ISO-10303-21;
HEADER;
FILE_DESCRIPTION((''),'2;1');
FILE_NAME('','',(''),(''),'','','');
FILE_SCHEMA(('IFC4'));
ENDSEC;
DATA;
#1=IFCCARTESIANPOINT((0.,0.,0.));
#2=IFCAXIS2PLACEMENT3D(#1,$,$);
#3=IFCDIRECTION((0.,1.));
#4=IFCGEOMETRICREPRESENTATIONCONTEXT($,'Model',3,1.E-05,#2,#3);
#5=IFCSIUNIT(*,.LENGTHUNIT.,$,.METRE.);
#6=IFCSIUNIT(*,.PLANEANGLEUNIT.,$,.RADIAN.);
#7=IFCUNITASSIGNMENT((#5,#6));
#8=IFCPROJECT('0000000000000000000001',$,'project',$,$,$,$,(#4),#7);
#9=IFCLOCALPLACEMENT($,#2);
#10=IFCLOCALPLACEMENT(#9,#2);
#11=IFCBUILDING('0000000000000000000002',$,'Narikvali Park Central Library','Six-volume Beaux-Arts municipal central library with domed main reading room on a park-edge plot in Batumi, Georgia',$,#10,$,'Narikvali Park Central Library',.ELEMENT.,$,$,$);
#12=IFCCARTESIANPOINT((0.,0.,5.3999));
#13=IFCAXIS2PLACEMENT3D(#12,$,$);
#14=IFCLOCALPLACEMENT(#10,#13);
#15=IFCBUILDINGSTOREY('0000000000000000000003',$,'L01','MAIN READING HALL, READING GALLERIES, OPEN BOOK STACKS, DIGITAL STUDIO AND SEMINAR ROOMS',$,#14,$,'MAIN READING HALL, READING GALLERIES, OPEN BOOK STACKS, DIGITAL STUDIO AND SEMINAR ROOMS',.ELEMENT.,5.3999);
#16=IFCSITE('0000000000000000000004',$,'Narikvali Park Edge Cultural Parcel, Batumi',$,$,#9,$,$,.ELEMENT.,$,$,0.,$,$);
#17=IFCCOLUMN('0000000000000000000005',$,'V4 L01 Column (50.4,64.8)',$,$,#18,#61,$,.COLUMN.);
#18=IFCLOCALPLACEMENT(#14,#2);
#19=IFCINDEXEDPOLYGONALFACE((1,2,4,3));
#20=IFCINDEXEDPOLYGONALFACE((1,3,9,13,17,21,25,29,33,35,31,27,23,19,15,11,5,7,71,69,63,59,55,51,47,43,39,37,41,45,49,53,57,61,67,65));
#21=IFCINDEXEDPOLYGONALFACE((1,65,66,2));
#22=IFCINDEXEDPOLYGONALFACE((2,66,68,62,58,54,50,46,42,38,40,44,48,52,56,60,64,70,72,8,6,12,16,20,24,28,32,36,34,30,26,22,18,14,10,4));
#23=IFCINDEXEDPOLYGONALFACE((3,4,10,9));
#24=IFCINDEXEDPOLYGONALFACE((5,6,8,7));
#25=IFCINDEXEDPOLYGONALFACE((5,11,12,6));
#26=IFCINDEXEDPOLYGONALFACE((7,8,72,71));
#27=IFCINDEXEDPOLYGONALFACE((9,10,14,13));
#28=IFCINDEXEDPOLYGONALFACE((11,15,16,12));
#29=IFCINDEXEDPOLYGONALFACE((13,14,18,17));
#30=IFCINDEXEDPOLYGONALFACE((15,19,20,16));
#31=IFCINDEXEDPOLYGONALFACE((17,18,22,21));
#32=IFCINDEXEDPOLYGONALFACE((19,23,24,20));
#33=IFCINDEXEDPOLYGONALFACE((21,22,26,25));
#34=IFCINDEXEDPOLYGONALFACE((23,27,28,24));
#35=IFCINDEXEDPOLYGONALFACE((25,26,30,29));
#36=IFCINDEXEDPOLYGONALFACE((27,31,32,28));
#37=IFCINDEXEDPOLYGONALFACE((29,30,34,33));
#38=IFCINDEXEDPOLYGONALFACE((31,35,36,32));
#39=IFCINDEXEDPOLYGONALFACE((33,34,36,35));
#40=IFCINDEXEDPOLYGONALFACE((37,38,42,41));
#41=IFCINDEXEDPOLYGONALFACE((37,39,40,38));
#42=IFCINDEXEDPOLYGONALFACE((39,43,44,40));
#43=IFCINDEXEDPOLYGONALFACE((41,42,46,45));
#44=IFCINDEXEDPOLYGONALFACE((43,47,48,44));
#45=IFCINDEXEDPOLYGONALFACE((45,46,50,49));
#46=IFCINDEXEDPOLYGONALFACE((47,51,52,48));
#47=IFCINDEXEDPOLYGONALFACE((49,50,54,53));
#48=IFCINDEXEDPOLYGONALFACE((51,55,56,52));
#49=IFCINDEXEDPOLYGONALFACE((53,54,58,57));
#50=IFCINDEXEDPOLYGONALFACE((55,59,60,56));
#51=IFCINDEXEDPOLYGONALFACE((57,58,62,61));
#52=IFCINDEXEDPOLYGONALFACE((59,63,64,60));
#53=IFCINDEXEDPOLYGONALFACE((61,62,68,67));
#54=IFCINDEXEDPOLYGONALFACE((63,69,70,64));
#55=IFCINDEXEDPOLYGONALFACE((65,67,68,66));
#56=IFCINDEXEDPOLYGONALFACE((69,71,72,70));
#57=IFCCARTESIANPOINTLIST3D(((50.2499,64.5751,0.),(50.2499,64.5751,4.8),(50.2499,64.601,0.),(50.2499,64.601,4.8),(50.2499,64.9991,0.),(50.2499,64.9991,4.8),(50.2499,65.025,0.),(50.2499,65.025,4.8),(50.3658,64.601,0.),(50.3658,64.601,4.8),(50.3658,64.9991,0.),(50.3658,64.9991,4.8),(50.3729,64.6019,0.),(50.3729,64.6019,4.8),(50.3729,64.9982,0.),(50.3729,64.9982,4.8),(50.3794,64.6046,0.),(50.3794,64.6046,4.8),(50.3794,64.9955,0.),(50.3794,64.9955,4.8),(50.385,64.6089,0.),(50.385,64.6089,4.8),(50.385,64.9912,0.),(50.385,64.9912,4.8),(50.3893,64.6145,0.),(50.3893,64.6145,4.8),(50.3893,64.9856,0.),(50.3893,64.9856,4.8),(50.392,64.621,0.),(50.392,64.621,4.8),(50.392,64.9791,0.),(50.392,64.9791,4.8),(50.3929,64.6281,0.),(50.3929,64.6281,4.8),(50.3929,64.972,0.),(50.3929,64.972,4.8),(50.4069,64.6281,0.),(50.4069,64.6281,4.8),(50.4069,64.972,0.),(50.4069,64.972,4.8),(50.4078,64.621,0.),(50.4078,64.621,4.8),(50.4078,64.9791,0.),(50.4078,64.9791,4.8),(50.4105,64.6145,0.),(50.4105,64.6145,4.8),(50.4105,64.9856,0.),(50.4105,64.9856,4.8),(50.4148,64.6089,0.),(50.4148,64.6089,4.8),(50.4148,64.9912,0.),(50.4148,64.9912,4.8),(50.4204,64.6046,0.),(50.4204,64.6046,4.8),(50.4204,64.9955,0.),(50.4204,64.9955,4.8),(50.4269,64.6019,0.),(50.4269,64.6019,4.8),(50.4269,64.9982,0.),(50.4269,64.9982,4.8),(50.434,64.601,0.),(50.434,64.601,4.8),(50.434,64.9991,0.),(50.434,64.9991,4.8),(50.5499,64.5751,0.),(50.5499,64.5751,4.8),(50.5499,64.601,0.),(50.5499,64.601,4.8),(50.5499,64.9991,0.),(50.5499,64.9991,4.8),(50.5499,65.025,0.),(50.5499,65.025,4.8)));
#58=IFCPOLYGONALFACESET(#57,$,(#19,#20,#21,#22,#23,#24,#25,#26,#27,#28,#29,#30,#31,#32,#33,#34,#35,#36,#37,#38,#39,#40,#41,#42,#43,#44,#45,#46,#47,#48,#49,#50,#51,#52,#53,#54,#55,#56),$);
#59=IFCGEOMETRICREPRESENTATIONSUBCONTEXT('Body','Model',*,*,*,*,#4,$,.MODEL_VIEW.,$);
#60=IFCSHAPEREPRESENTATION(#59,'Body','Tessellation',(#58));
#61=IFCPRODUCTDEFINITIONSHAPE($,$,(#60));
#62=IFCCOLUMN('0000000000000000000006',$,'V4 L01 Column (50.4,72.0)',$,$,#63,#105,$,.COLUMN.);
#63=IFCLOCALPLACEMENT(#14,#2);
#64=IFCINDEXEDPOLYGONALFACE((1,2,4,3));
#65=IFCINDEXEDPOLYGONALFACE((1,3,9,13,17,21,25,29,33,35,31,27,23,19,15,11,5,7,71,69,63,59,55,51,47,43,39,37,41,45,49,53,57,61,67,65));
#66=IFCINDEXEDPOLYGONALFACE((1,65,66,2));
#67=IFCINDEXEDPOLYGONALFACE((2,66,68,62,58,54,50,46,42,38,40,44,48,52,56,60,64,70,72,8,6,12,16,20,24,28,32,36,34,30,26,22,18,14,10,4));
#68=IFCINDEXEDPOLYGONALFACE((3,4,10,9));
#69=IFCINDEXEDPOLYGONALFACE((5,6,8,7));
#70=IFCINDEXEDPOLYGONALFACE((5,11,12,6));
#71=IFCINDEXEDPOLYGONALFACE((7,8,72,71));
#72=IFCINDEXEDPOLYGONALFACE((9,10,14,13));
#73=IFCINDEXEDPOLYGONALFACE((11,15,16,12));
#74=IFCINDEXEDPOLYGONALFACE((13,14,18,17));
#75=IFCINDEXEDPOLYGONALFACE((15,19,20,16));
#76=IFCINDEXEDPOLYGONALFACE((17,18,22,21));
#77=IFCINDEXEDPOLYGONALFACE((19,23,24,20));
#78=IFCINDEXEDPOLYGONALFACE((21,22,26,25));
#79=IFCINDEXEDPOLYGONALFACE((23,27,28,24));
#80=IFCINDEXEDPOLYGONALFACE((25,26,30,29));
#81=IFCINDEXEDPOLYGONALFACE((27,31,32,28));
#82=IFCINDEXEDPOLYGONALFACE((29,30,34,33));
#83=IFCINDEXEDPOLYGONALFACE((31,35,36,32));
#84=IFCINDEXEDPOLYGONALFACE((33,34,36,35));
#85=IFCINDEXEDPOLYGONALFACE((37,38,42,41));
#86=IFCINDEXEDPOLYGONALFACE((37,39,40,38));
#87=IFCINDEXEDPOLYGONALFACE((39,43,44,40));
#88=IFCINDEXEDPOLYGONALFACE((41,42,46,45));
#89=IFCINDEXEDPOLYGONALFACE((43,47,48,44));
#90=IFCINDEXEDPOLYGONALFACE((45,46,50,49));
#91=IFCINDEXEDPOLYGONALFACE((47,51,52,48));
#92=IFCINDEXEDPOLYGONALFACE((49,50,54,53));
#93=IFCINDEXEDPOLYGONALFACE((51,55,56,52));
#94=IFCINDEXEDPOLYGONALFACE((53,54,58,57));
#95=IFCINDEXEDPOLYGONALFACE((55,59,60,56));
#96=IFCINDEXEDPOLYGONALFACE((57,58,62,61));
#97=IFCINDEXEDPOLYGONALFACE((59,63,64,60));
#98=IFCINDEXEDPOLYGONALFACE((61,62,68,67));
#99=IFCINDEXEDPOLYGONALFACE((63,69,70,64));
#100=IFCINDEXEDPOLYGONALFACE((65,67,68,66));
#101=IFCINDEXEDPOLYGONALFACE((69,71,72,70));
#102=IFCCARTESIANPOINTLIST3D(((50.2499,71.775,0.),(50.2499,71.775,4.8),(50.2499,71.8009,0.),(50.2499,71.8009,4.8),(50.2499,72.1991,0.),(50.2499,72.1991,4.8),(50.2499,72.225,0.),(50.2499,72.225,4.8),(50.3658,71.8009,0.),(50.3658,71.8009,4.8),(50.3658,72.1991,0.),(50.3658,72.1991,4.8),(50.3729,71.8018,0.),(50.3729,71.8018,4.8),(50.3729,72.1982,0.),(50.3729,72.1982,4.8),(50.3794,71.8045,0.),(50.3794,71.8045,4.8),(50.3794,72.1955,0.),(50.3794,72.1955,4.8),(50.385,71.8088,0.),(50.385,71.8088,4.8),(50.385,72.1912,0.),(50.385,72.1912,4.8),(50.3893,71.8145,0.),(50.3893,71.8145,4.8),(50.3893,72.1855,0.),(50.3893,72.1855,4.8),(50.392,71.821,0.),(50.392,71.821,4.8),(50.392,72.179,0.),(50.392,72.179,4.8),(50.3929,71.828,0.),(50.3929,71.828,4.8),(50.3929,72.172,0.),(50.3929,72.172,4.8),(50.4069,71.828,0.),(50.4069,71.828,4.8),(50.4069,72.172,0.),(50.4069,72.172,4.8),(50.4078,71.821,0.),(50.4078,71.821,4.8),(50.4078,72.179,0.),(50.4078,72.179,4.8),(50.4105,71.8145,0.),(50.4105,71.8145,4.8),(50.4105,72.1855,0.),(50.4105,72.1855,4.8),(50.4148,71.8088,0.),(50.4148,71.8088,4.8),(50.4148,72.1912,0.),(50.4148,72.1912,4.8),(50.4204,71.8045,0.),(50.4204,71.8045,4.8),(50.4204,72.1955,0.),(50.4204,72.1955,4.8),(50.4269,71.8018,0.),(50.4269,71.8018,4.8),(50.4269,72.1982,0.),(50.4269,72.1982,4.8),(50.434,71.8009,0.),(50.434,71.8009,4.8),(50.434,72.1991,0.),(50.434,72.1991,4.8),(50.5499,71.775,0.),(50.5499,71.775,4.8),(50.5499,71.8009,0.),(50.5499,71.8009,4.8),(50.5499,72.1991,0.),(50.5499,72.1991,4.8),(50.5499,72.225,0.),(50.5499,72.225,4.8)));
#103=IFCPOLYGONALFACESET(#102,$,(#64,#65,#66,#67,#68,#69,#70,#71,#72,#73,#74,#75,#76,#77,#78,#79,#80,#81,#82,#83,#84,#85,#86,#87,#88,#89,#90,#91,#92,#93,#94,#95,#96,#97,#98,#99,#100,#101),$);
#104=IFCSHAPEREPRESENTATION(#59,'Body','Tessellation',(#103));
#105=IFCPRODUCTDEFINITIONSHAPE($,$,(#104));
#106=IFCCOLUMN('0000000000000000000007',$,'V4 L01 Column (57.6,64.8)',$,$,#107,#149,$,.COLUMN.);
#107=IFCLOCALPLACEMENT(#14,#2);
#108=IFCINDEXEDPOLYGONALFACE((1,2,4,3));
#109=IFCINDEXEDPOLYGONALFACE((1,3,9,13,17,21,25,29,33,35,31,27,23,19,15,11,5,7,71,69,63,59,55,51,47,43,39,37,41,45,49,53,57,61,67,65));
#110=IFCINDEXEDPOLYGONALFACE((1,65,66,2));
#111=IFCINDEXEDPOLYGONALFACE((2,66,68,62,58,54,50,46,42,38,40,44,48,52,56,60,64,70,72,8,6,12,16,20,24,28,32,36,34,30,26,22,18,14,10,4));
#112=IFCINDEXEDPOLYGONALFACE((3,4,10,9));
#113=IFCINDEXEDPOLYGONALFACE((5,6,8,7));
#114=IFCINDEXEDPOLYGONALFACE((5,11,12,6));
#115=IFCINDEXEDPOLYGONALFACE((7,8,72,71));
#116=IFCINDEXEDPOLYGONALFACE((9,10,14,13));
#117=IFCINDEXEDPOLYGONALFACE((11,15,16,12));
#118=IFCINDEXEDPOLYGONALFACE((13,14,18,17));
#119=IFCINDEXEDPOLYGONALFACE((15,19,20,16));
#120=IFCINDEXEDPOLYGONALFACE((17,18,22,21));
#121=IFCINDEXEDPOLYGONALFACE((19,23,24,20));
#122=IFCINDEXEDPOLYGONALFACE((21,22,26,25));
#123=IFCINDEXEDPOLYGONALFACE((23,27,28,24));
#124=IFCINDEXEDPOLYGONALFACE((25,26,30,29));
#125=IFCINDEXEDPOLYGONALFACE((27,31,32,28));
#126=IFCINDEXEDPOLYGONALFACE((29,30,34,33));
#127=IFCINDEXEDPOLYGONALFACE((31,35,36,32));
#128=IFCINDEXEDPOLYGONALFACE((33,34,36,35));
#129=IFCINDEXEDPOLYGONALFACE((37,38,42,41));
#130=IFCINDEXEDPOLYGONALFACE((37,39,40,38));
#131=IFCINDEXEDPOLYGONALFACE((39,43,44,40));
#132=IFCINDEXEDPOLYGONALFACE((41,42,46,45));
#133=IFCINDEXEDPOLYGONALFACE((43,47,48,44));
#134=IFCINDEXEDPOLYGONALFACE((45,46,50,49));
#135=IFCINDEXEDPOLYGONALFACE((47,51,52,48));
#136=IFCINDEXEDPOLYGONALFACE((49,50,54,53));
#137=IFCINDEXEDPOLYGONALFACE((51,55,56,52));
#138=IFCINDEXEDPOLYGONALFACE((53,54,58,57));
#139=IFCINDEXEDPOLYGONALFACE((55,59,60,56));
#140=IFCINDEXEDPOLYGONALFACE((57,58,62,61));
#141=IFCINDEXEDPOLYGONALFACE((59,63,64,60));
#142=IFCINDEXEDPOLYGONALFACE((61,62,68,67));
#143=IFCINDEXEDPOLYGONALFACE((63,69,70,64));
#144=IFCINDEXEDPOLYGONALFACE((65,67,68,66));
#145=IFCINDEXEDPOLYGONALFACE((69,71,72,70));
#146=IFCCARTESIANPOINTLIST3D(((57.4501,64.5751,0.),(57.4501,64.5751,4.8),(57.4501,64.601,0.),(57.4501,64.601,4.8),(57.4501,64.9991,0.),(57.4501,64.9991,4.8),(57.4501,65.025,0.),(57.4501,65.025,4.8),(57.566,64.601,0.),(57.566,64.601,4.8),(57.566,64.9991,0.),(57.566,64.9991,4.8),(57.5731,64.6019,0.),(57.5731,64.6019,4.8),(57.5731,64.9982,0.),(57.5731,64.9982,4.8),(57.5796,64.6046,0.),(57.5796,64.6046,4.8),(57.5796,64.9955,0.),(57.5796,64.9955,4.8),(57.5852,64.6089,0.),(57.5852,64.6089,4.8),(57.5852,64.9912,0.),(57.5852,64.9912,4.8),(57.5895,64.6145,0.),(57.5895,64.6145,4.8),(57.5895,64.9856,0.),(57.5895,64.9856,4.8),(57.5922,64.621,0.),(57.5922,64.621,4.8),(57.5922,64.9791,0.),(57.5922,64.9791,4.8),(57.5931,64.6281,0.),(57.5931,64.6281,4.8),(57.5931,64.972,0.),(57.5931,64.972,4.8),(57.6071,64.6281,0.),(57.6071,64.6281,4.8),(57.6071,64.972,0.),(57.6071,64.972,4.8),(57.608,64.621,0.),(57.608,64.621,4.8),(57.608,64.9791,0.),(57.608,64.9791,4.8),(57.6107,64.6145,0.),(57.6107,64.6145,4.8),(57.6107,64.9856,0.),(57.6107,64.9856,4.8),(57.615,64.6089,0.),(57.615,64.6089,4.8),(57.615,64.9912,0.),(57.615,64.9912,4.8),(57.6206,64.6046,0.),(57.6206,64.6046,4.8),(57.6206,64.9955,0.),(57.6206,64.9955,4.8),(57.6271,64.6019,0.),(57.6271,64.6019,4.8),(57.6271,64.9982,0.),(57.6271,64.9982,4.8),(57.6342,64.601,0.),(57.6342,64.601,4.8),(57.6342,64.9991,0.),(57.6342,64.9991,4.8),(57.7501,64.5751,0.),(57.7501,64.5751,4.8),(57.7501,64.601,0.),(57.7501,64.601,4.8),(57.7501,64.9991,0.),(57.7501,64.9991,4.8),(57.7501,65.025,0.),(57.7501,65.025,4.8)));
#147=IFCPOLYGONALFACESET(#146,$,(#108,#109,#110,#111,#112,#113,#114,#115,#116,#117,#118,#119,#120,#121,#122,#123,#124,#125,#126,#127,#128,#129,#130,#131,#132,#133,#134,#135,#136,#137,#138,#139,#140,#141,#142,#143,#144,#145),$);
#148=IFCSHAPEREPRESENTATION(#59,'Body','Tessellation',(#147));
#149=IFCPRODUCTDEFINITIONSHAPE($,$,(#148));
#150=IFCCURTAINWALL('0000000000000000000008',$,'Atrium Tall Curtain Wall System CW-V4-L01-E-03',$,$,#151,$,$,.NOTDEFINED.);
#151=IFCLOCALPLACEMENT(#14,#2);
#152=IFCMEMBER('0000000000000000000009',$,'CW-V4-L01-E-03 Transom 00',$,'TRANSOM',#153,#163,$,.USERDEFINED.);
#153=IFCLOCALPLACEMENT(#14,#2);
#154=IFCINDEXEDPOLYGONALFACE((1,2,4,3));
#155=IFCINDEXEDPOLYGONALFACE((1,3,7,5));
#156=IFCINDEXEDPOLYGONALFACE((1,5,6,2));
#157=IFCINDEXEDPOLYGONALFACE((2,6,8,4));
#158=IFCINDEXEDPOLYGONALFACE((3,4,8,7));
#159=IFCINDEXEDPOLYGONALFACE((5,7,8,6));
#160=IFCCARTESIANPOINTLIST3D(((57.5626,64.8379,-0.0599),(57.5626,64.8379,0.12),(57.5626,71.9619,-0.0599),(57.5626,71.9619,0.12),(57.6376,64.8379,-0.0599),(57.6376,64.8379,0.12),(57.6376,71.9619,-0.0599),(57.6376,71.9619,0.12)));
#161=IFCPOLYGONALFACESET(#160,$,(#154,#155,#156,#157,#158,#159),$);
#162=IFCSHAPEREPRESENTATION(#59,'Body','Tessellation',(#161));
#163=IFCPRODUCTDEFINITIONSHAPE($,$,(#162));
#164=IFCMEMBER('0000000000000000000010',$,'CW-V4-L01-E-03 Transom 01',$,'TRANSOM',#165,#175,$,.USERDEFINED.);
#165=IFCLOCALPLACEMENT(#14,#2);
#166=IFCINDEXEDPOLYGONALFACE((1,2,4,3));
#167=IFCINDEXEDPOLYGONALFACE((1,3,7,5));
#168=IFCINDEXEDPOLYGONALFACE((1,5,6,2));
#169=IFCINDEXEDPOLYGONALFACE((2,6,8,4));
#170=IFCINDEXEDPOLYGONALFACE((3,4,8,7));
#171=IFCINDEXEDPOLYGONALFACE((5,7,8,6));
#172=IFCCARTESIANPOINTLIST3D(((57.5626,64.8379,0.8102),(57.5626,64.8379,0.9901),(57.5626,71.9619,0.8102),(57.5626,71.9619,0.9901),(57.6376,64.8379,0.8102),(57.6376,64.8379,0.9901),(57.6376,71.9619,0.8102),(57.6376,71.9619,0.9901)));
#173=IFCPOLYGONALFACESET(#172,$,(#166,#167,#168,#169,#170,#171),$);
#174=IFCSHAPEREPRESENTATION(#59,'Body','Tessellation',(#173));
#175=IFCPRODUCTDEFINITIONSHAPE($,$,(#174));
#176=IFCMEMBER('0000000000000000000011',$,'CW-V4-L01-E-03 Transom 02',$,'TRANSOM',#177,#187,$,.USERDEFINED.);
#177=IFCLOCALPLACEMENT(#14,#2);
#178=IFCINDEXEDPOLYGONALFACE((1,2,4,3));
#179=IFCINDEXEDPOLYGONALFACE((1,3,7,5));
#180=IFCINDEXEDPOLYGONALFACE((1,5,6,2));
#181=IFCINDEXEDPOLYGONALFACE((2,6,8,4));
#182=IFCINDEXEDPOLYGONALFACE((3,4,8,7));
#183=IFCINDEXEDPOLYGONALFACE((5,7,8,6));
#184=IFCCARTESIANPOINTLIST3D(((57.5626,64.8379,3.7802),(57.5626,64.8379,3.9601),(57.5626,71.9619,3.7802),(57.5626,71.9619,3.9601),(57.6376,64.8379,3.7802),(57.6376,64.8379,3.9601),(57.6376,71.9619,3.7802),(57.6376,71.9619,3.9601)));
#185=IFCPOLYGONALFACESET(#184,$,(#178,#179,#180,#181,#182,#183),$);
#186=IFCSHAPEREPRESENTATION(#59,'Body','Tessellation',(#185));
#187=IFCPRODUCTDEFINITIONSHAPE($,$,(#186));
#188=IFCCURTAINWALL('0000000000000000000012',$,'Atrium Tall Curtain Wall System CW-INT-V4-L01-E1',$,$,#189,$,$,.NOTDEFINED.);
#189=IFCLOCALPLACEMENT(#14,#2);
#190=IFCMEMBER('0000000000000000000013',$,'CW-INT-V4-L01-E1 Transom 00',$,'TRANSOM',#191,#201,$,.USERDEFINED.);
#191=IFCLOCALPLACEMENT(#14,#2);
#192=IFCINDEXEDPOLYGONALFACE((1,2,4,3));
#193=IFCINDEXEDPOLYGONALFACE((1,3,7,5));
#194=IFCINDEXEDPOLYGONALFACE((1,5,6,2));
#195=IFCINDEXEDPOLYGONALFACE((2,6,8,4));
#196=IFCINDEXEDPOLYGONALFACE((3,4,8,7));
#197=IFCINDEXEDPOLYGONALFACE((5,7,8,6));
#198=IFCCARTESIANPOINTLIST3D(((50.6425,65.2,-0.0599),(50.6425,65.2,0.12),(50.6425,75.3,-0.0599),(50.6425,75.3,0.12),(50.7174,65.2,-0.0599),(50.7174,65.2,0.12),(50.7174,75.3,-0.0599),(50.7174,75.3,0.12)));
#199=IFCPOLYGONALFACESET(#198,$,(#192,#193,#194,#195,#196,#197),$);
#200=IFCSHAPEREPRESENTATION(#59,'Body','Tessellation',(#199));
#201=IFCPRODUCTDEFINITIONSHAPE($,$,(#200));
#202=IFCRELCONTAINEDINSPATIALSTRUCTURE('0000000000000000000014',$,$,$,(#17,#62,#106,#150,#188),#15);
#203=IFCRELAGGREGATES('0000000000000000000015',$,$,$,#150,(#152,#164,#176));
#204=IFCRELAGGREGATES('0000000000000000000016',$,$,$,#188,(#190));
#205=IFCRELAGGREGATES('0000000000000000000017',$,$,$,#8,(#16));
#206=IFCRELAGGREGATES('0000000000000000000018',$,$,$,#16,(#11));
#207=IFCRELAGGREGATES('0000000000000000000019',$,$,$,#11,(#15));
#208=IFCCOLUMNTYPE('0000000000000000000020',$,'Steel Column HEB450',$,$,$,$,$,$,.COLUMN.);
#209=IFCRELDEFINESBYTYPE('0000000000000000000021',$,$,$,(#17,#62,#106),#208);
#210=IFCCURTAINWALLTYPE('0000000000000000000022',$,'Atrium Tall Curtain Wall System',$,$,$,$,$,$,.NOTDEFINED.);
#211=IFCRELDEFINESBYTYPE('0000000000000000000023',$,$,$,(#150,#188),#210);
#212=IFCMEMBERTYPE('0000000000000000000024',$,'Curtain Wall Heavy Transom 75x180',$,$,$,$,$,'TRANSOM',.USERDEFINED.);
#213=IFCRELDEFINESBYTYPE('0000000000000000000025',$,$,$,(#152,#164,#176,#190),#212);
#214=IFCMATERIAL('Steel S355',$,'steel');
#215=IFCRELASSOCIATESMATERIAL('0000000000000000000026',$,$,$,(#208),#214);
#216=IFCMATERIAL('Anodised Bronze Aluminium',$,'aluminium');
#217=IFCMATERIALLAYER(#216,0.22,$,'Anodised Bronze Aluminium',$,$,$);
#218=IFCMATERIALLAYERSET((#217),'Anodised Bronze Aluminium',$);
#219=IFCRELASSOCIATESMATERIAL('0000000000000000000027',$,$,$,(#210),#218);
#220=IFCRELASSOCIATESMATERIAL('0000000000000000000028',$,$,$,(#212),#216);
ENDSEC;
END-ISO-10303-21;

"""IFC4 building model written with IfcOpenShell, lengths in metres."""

from ifc_helpers import new_model, si_unit, direction, frame, origin, origin_2d, place, context, subcontext, project, spatial, rectangle, i_section, extrude, material, layer, layer_set, material_profile, profile_set, type_object, element, aggregate, save


model = new_model("IFC4")

# Units and contexts
model_context = context("Model", 3, precision=1e-05, world=origin(), true_north=direction((0.0, 1.0)))
body_context = subcontext(model_context, "Body", "Model", "MODEL_VIEW")
ifc_project = project(units=[si_unit("LENGTHUNIT", "METRE"), si_unit("PLANEANGLEUNIT", "RADIAN")], contexts=[model_context])

# Site, building, storey
site_placement = place(None, origin())
site = spatial("IfcSite", under=ifc_project, at=site_placement, Name="Narikvali Park Edge Cultural Parcel, Batumi", CompositionType="ELEMENT", RefElevation=0.0)
building_placement = place(site_placement, origin())
building = spatial("IfcBuilding", under=site, at=building_placement, Name="Narikvali Park Central Library", Description="Six-volume Beaux-Arts municipal central library with domed main reading room on a park-edge plot in Batumi, Georgia", LongName="Narikvali Park Central Library", CompositionType="ELEMENT")
storey_placement = place(building_placement, frame((0.0, 0.0, 5.3999)))
storey = spatial("IfcBuildingStorey", under=building, at=storey_placement, Name="L01", Description="MAIN READING HALL, READING GALLERIES, OPEN BOOK STACKS, DIGITAL STUDIO AND SEMINAR ROOMS", LongName="MAIN READING HALL, READING GALLERIES, OPEN BOOK STACKS, DIGITAL STUDIO AND SEMINAR ROOMS", CompositionType="ELEMENT", Elevation=5.3999)

# Columns
ifc_material_1 = material(Name="Steel S355", Category="steel")
ifc_material_profile_1 = material_profile(ifc_material_1, i_section(OverallWidth=0.3, OverallDepth=0.45, WebThickness=0.0139, FlangeThickness=0.0259, FilletRadius=0.0271, at=origin_2d()), Name="HEB 450")
ifc_profile_set_1 = profile_set([ifc_material_profile_1], Name="Steel S355")
column_type = type_object("IfcColumnType", Name="Steel Column HEB450", PredefinedType="COLUMN", material=ifc_profile_set_1)
for number, where, z_axis, x_axis, name in (
    (1, (50.3999, 64.8, 0.0), (0.0, 0.0, 1.0), (1.0, 0.0, 0.0), "V4 L01 Column (50.4,64.8)"),
    (2, (50.3999, 72.0, 0.0), (0.0, 0.0, 1.0), (1.0, 0.0, 0.0), "V4 L01 Column (50.4,72.0)"),
    (3, (57.6001, 64.8, 0.0), (0.0, 0.0, 1.0), (1.0, 0.0, 0.0), "V4 L01 Column (57.6,64.8)"),
):
    element("IfcColumn", number, at=place(storey_placement, frame(where, z_axis=z_axis, x_axis=x_axis)), inside=storey, type_object=column_type, Name=name, PredefinedType="COLUMN", context=body_context, shape_type="SweptSolid", body=[
        extrude(i_section(OverallWidth=0.3, OverallDepth=0.45, WebThickness=0.0139, FlangeThickness=0.0259, FilletRadius=0.0271, at=origin_2d()), origin(), (0.0, 0.0, 1.0), 4.8),
    ])

# Curtain walls, members
ifc_material_2 = material(Name="Anodised Bronze Aluminium", Category="aluminium")
ifc_layer_1 = layer(ifc_material_2, 0.22, Name="Anodised Bronze Aluminium")
ifc_layer_set_1 = layer_set([ifc_layer_1], Name="Anodised Bronze Aluminium")
curtain_wall_type = type_object("IfcCurtainWallType", Name="Atrium Tall Curtain Wall System", PredefinedType="NOTDEFINED", material=ifc_layer_set_1)
curtain_wall_1_placement = place(storey_placement, origin())
curtain_wall_1 = element("IfcCurtainWall", 4, at=curtain_wall_1_placement, inside=storey, type_object=curtain_wall_type, Name="Atrium Tall Curtain Wall System CW-V4-L01-E-03", PredefinedType="NOTDEFINED")
ifc_material_profile_2 = material_profile(ifc_material_2, rectangle(XDim=0.075, YDim=0.1799, at=origin_2d()), Name="CW TRANSOM 75x180")
ifc_profile_set_2 = profile_set([ifc_material_profile_2], Name="Anodised Bronze Aluminium")
member_type_1 = type_object("IfcMemberType", Name="Curtain Wall Heavy Transom 75x180", ElementType="TRANSOM", PredefinedType="USERDEFINED", material=ifc_profile_set_2)
member_1_placement = place(storey_placement, frame((57.6001, 64.8379, 0.03), z_axis=(0.0, 1.0, 0.0), x_axis=(-1.0, 0.0, 0.0)))
member_1 = element("IfcMember", 5, at=member_1_placement, type_object=member_type_1, Name="CW-V4-L01-E-03 Transom 00", ObjectType="TRANSOM", PredefinedType="USERDEFINED", context=body_context, shape_type="SweptSolid", body=[
    extrude(rectangle(XDim=0.075, YDim=0.1799, at=origin_2d()), origin(), (0.0, 0.0, 1.0), 7.124),
])
member_2_placement = place(storey_placement, frame((57.6001, 64.8379, 0.9001), z_axis=(0.0, 1.0, 0.0), x_axis=(-1.0, 0.0, 0.0)))
member_2 = element("IfcMember", 6, at=member_2_placement, type_object=member_type_1, Name="CW-V4-L01-E-03 Transom 01", ObjectType="TRANSOM", PredefinedType="USERDEFINED", context=body_context, shape_type="SweptSolid", body=[
    extrude(rectangle(XDim=0.075, YDim=0.1799, at=origin_2d()), origin(), (0.0, 0.0, 1.0), 7.124),
])
member_3_placement = place(storey_placement, frame((57.6001, 64.8379, 3.8701), z_axis=(0.0, 1.0, 0.0), x_axis=(-1.0, 0.0, 0.0)))
member_3 = element("IfcMember", 7, at=member_3_placement, type_object=member_type_1, Name="CW-V4-L01-E-03 Transom 02", ObjectType="TRANSOM", PredefinedType="USERDEFINED", context=body_context, shape_type="SweptSolid", body=[
    extrude(rectangle(XDim=0.075, YDim=0.1799, at=origin_2d()), origin(), (0.0, 0.0, 1.0), 7.124),
])
curtain_wall_2_placement = place(storey_placement, origin())
curtain_wall_2 = element("IfcCurtainWall", 8, at=curtain_wall_2_placement, inside=storey, type_object=curtain_wall_type, Name="Atrium Tall Curtain Wall System CW-INT-V4-L01-E1", PredefinedType="NOTDEFINED")
member_4_placement = place(storey_placement, frame((50.6799, 65.2, 0.03), z_axis=(0.0, 1.0, 0.0), x_axis=(-1.0, 0.0, 0.0)))
member_4 = element("IfcMember", 9, at=member_4_placement, type_object=member_type_1, Name="CW-INT-V4-L01-E1 Transom 00", ObjectType="TRANSOM", PredefinedType="USERDEFINED", context=body_context, shape_type="SweptSolid", body=[
    extrude(rectangle(XDim=0.075, YDim=0.1799, at=origin_2d()), origin(), (0.0, 0.0, 1.0), 10.1001),
])

aggregate(curtain_wall_1, [member_1, member_2, member_3])
aggregate(curtain_wall_2, [member_4])

save(model, "model.ifc")
